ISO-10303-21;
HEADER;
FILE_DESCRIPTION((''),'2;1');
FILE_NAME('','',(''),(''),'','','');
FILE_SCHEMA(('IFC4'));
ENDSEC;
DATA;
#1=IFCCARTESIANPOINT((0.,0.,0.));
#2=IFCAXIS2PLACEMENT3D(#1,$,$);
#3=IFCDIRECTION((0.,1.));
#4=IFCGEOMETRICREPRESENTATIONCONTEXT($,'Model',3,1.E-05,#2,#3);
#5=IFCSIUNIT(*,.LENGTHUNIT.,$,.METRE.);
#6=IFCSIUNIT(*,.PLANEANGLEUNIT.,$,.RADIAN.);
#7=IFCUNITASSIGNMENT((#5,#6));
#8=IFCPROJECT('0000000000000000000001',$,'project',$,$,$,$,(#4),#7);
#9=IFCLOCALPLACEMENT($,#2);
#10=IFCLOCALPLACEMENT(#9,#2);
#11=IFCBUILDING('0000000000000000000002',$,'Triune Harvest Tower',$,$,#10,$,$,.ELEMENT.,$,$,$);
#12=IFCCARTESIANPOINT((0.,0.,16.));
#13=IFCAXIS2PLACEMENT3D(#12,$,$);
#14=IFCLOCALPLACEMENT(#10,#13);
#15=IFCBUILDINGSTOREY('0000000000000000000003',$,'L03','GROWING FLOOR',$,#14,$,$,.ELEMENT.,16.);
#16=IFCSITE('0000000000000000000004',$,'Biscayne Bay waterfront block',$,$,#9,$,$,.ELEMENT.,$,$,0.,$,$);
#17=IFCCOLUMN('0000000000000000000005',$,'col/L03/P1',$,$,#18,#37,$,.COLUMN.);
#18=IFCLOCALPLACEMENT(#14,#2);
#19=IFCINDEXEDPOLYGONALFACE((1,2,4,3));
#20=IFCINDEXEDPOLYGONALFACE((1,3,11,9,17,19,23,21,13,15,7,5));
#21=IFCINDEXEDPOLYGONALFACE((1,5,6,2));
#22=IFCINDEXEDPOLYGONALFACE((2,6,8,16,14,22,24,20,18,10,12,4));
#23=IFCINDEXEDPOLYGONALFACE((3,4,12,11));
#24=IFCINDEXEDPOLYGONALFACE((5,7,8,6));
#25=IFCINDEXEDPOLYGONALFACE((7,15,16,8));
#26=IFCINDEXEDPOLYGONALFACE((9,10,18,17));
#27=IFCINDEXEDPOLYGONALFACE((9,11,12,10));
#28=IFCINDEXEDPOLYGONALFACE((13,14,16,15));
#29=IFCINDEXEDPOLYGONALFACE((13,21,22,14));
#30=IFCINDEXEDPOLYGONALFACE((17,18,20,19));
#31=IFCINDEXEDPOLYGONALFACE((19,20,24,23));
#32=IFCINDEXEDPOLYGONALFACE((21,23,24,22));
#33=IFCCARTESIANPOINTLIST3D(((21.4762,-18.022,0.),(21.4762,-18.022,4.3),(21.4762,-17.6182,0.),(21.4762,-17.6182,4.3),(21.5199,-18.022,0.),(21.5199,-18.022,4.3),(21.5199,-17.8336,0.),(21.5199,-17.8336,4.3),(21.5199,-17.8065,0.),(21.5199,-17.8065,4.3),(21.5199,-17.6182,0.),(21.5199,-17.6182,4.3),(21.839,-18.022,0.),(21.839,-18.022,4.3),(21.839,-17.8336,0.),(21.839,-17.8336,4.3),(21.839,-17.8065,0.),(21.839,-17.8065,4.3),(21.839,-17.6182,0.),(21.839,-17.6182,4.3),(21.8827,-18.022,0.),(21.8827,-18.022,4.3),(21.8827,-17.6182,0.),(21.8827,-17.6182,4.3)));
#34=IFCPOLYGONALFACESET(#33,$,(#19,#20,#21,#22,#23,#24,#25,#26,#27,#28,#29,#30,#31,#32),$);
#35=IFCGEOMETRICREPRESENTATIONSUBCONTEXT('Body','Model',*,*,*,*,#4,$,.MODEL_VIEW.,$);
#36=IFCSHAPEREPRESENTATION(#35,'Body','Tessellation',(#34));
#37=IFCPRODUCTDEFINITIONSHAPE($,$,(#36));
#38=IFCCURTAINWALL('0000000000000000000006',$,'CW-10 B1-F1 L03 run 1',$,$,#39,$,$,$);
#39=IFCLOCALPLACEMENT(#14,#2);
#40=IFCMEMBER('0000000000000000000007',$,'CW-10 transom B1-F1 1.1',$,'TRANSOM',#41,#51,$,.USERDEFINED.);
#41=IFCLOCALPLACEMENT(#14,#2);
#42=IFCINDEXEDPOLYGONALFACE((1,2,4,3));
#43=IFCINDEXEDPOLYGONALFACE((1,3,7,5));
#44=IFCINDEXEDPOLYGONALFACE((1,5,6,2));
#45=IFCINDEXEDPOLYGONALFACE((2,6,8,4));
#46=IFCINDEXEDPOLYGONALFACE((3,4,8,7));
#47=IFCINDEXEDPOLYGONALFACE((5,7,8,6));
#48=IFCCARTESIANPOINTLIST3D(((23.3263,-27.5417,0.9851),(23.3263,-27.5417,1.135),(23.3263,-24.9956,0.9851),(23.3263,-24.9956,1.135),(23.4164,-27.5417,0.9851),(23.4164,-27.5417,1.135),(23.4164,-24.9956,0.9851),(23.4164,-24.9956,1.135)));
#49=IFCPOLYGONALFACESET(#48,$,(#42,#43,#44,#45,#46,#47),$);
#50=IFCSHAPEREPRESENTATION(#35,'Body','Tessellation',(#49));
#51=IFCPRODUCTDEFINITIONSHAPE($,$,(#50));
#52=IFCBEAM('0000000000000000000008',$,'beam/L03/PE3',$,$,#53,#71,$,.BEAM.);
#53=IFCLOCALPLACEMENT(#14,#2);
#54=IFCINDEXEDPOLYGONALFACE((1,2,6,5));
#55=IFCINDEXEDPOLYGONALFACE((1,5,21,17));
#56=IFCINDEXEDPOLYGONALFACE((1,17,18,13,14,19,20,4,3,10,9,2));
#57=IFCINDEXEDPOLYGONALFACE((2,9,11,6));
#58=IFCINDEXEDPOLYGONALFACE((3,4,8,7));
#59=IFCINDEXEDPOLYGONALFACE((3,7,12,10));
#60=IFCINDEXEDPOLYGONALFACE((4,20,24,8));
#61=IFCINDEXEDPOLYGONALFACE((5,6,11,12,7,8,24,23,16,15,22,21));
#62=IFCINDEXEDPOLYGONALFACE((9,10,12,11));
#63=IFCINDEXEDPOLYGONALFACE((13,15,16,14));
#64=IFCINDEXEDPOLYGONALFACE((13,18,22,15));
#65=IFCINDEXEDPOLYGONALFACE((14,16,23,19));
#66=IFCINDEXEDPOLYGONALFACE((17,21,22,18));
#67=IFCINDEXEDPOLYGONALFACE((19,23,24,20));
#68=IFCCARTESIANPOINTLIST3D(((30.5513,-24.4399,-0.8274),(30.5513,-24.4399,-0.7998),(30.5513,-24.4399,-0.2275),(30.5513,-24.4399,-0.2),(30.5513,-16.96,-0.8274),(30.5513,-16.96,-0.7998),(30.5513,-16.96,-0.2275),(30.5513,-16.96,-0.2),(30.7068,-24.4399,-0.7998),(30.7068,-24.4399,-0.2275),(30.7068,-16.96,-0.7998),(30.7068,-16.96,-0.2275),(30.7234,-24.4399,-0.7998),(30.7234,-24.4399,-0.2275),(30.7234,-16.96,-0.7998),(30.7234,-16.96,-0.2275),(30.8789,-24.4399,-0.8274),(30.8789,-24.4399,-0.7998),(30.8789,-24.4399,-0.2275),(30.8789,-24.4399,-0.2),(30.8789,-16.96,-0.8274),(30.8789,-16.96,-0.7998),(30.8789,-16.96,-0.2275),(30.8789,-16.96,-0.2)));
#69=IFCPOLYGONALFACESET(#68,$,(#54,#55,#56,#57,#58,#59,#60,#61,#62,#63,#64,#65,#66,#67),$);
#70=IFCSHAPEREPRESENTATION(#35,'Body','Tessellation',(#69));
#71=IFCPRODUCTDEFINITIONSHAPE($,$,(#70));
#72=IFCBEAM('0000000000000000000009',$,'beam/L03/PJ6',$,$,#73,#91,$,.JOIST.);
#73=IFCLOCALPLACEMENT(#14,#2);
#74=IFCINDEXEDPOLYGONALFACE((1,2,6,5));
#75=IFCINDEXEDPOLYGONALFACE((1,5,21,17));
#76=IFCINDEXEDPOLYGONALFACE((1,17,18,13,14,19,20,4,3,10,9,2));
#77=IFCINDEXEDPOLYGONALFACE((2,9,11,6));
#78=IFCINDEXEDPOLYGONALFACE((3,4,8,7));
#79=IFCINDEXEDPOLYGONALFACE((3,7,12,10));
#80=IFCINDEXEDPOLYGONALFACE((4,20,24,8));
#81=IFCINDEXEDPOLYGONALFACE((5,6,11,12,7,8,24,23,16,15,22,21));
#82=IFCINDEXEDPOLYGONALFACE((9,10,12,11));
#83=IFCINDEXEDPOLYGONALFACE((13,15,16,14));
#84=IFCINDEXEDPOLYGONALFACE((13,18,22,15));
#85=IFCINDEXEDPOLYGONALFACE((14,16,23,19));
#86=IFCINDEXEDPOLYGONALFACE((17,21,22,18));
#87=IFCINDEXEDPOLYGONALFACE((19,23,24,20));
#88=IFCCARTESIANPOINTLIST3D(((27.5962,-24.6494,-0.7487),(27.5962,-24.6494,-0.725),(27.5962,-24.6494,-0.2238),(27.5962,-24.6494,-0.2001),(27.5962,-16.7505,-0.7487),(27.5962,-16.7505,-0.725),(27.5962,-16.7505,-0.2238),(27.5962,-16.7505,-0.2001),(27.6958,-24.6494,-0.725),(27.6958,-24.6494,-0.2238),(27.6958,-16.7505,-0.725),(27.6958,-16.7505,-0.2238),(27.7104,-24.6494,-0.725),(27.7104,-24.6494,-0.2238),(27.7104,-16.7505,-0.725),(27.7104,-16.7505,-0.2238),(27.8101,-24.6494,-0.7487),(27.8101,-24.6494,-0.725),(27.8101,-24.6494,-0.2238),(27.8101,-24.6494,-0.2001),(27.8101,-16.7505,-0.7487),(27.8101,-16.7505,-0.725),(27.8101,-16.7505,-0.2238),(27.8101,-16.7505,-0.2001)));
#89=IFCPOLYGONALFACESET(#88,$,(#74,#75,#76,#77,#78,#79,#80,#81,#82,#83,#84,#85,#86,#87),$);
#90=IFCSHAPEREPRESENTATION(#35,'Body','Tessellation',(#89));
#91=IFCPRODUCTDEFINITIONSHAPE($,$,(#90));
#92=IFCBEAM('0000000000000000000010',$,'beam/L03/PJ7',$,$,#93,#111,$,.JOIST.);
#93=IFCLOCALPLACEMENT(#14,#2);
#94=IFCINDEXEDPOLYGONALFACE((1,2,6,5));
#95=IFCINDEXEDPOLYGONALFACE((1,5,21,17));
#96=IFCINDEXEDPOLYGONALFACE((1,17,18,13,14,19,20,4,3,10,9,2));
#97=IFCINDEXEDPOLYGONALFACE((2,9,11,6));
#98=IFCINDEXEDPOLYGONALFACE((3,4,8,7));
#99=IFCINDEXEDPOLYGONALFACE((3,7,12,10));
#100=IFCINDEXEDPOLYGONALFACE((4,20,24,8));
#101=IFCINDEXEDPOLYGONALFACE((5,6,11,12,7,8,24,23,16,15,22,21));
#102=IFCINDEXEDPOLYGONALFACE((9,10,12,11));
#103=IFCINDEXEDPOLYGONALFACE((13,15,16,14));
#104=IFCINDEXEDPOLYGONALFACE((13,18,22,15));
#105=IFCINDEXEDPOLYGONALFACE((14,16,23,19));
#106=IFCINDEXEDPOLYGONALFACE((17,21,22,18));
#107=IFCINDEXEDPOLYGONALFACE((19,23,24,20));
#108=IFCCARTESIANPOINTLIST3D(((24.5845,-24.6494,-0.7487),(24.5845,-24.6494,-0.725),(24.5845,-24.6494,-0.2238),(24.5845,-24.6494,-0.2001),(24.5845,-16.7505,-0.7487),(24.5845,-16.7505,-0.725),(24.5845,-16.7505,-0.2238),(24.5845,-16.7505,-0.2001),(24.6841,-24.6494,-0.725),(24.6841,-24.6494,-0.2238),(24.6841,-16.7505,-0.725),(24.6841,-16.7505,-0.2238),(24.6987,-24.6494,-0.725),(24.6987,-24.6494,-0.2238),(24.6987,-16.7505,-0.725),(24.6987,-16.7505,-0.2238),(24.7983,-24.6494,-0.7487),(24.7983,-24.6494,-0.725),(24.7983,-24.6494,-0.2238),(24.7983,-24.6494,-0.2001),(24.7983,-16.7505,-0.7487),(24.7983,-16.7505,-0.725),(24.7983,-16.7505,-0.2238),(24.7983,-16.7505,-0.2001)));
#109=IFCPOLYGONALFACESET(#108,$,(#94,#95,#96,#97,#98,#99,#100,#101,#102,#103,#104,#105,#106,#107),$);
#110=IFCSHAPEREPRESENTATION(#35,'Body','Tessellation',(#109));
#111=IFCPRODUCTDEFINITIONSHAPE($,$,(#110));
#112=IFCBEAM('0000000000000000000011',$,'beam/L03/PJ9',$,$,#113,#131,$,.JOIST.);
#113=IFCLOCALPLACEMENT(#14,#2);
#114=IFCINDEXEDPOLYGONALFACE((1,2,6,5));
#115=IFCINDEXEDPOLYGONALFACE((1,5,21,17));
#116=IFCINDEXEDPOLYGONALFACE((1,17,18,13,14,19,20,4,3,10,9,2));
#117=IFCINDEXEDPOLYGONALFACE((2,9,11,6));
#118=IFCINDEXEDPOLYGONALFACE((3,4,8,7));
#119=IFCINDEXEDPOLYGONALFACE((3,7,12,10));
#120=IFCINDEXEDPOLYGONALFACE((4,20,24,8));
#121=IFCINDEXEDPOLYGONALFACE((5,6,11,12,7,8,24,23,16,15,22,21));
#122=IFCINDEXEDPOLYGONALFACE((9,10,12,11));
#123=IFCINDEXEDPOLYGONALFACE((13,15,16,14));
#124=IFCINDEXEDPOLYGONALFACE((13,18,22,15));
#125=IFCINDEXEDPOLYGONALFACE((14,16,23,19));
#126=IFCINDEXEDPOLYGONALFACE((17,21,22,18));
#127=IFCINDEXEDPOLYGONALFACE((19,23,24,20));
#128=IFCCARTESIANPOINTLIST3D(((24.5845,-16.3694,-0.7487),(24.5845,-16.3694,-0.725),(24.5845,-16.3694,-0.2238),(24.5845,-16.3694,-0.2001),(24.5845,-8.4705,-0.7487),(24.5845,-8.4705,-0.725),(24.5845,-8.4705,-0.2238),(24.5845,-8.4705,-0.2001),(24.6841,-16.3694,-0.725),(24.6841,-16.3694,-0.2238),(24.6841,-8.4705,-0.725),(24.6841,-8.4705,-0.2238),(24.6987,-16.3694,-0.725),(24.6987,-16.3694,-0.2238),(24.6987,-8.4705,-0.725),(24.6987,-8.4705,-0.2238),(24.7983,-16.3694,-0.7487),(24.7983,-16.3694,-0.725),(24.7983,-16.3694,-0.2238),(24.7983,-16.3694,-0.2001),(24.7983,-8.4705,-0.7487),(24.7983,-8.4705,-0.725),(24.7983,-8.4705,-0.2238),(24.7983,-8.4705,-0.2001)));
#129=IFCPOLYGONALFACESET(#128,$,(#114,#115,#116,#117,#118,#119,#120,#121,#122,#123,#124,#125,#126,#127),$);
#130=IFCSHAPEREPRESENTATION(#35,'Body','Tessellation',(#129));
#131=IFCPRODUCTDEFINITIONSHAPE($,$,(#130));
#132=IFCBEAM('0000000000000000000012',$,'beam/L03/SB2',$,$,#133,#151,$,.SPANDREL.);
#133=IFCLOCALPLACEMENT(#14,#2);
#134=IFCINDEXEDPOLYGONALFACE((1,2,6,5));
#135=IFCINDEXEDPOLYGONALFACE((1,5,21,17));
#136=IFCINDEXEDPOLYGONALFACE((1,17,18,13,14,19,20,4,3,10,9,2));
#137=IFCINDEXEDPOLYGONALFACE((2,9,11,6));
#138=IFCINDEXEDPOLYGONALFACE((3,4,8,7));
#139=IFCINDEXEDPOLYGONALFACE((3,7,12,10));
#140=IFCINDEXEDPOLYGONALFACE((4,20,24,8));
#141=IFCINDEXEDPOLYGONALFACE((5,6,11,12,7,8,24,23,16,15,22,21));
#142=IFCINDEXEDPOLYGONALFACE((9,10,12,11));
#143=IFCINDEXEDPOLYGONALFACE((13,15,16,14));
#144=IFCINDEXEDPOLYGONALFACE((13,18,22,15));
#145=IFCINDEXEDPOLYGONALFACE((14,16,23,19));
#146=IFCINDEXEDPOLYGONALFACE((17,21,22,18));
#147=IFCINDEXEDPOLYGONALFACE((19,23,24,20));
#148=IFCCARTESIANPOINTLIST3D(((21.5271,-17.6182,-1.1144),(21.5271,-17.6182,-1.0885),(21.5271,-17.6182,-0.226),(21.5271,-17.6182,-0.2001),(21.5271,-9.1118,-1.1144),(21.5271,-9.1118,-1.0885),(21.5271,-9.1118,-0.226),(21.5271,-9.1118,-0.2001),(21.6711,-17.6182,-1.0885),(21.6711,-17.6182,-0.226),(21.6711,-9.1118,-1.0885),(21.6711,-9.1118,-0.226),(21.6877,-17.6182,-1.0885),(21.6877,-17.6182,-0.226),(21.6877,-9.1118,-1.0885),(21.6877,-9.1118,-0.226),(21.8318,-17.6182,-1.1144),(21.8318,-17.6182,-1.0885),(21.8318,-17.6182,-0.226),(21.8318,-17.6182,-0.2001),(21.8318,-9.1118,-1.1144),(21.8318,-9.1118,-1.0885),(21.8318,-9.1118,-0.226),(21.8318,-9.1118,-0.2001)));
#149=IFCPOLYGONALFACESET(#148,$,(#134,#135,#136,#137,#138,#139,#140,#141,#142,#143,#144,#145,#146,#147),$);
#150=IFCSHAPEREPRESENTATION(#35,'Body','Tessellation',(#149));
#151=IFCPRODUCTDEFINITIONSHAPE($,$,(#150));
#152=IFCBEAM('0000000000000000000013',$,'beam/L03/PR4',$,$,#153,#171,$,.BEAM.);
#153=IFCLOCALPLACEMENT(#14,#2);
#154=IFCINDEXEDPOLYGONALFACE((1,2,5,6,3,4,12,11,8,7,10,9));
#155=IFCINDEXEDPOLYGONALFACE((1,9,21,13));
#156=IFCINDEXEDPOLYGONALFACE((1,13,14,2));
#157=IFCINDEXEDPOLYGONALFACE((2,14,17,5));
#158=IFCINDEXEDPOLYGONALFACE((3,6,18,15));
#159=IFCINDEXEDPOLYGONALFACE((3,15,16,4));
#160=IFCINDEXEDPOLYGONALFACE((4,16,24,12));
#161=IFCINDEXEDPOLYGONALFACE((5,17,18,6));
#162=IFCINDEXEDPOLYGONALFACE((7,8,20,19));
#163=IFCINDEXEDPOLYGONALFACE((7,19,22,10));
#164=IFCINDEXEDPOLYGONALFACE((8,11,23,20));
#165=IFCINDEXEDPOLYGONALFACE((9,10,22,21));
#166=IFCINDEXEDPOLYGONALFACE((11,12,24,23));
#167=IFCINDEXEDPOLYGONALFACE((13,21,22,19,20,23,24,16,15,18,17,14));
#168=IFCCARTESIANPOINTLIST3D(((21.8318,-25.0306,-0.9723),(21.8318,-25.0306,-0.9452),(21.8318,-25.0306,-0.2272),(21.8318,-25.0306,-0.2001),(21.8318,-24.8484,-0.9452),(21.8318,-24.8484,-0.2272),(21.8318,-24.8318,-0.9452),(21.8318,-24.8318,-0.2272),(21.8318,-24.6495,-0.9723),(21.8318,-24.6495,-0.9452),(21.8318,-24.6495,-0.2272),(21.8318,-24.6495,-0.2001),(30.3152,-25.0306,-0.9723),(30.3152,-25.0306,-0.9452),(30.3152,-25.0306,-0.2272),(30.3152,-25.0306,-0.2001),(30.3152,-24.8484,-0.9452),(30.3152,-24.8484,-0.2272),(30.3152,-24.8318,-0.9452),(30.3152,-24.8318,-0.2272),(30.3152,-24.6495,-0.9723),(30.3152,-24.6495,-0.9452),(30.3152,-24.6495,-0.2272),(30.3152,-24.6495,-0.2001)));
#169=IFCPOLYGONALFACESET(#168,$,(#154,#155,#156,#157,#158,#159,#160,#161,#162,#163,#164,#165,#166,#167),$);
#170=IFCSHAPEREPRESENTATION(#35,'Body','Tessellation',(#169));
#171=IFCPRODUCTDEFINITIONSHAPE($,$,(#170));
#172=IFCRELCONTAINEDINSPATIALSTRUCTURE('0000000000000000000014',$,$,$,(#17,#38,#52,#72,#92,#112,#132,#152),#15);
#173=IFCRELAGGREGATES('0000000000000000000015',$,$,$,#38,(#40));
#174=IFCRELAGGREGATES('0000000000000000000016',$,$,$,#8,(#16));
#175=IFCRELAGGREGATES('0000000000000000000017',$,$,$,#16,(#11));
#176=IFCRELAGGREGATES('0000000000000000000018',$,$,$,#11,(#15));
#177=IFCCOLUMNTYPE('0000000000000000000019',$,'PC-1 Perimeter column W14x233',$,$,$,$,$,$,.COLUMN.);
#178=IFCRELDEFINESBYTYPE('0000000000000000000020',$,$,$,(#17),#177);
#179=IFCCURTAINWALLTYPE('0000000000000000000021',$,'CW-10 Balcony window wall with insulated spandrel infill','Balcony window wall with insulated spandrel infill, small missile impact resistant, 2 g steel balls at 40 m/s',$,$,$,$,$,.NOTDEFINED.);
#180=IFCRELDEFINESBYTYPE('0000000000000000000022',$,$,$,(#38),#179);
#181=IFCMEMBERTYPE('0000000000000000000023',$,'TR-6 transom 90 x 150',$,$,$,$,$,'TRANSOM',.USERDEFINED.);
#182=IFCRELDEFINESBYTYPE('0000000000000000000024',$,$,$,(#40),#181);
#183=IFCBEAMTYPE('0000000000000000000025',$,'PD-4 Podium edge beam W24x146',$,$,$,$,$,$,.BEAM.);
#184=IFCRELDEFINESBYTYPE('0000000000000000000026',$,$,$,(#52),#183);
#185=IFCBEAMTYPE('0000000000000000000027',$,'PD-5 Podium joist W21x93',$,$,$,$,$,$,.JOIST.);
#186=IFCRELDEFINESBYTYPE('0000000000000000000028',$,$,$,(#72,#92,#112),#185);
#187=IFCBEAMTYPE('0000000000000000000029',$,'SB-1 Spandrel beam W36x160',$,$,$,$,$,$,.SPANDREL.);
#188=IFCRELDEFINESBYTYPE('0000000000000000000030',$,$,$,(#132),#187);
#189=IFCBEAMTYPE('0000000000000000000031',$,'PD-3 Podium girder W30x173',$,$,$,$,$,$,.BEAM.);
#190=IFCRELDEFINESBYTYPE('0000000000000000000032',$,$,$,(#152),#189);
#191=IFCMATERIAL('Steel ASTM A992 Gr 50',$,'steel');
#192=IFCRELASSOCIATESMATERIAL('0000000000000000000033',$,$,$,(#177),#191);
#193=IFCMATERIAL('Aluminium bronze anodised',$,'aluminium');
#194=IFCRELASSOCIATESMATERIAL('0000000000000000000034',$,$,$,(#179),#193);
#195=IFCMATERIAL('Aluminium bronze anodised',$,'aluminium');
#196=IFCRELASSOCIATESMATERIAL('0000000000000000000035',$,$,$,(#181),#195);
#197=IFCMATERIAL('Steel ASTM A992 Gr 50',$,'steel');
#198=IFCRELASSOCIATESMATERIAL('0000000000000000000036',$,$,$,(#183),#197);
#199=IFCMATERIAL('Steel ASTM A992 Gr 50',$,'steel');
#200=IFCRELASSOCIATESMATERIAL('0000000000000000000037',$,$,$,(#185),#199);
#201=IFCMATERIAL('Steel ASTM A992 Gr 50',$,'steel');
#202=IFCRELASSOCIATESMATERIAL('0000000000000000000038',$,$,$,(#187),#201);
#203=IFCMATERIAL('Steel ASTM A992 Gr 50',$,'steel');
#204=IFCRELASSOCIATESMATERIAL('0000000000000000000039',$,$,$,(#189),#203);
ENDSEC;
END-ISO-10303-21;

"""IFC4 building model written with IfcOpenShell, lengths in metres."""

from ifc_helpers import new_model, si_unit, direction, frame, origin, origin_2d, place, context, subcontext, project, spatial, rectangle, i_section, extrude, source, transform, mapped, material, material_profile, profile_set, type_object, element, aggregate, save


model = new_model("IFC4")

# Units and contexts
model_context = context("Model", 3, precision=1e-05, world=origin(), true_north=direction((0.0, 1.0)))
body_context = subcontext(model_context, "Body", "Model", "MODEL_VIEW")
ifc_project = project(units=[si_unit("LENGTHUNIT", "METRE"), si_unit("PLANEANGLEUNIT", "RADIAN")], contexts=[model_context])

# Site, building, storey
site_placement = place(None, origin())
site = spatial("IfcSite", under=ifc_project, at=site_placement, Name="Biscayne Bay waterfront block", CompositionType="ELEMENT", RefElevation=0.0)
building_placement = place(site_placement, origin())
building = spatial("IfcBuilding", under=site, at=building_placement, Name="Triune Harvest Tower", CompositionType="ELEMENT")
storey_placement = place(building_placement, frame((0.0, 0.0, 16.0)))
storey = spatial("IfcBuildingStorey", under=building, at=storey_placement, Name="L03", Description="GROWING FLOOR", CompositionType="ELEMENT", Elevation=16.0)

# Column
ifc_material_1 = material(Name="Steel ASTM A992 Gr 50", Category="steel")
ifc_material_profile_1 = material_profile(ifc_material_1, i_section(OverallWidth=0.4038, OverallDepth=0.4065, WebThickness=0.0271, FlangeThickness=0.0437, at=origin_2d()), Name="W14x233")
ifc_profile_set_1 = profile_set([ifc_material_profile_1], Name="Steel ASTM A992 Gr 50")
column_type = type_object("IfcColumnType", Name="PC-1 Perimeter column W14x233", PredefinedType="COLUMN", material=ifc_profile_set_1)
shared_shape_1 = source(origin(), body_context, "Body", "SweptSolid", [
    extrude(i_section(OverallWidth=0.4038, OverallDepth=0.4065, WebThickness=0.0271, FlangeThickness=0.0437, at=origin_2d()), origin(), (0.0, 0.0, 1.0), 4.3),
])
column_placement = place(storey_placement, frame((21.6794, -17.8201, 0.0), z_axis=(0.0, 0.0, 1.0), x_axis=(0.0, 1.0, 0.0)))
element("IfcColumn", 1, at=column_placement, inside=storey, type_object=column_type, Name="col/L03/P1", PredefinedType="COLUMN", context=body_context, shape_type="MappedRepresentation", body=[
    mapped(shared_shape_1, transform((0.0, 0.0, 0.0), scale=1.0)),
])

# Curtain wall, member
ifc_material_2 = material(Name="Aluminium bronze anodised", Category="aluminium")
curtain_wall_type = type_object("IfcCurtainWallType", Name="CW-10 Balcony window wall with insulated spandrel infill", Description="Balcony window wall with insulated spandrel infill, small missile impact resistant, 2 g steel balls at 40 m/s", PredefinedType="NOTDEFINED", material=ifc_material_2)
curtain_wall_1_placement = place(storey_placement, origin())
curtain_wall_1 = element("IfcCurtainWall", 2, at=curtain_wall_1_placement, inside=storey, type_object=curtain_wall_type, Name="CW-10 B1-F1 L03 run 1")
ifc_material_3 = material(Name="Aluminium bronze anodised", Category="aluminium")
ifc_material_profile_2 = material_profile(ifc_material_3, rectangle(XDim=0.0901, YDim=0.1499, at=origin_2d()), Name="TR-6 transom 90 x 150")
ifc_profile_set_2 = profile_set([ifc_material_profile_2], Name="Aluminium bronze anodised")
member_type_1 = type_object("IfcMemberType", Name="TR-6 transom 90 x 150", ElementType="TRANSOM", PredefinedType="USERDEFINED", material=ifc_profile_set_2)
member_1_placement = place(storey_placement, frame((23.3713, -27.5417, 1.0601), z_axis=(0.0, 1.0, 0.0), x_axis=(-1.0, 0.0, 0.0)))
member_1 = element("IfcMember", 3, at=member_1_placement, type_object=member_type_1, Name="CW-10 transom B1-F1 1.1", ObjectType="TRANSOM", PredefinedType="USERDEFINED", context=body_context, shape_type="SweptSolid", body=[
    extrude(rectangle(XDim=0.0901, YDim=0.1499, at=origin_2d()), origin(), (0.0, 0.0, 1.0), 2.5461),
])

# Beams
ifc_material_4 = material(Name="Steel ASTM A992 Gr 50", Category="steel")
ifc_material_profile_3 = material_profile(ifc_material_4, i_section(OverallWidth=0.3276, OverallDepth=0.6274, WebThickness=0.0166, FlangeThickness=0.0276, at=origin_2d()), Name="W24x146")
ifc_profile_set_3 = profile_set([ifc_material_profile_3], Name="Steel ASTM A992 Gr 50")
beam_type_1 = type_object("IfcBeamType", Name="PD-4 Podium edge beam W24x146", PredefinedType="BEAM", material=ifc_profile_set_3)
shared_shape_2 = source(origin(), body_context, "Body", "SweptSolid", [
    extrude(i_section(OverallWidth=0.3276, OverallDepth=0.6274, WebThickness=0.0166, FlangeThickness=0.0276, at=origin_2d()), origin(), (0.0, 0.0, 1.0), 7.48),
])
beam_1_placement = place(storey_placement, frame((30.7151, -24.4399, -0.5137), z_axis=(0.0, 1.0, 0.0), x_axis=(-1.0, 0.0, 0.0)))
element("IfcBeam", 4, at=beam_1_placement, inside=storey, type_object=beam_type_1, Name="beam/L03/PE3", PredefinedType="BEAM", context=body_context, shape_type="MappedRepresentation", body=[
    mapped(shared_shape_2, transform((0.0, 0.0, 0.0), scale=1.0)),
])
ifc_material_5 = material(Name="Steel ASTM A992 Gr 50", Category="steel")
ifc_material_profile_4 = material_profile(ifc_material_5, i_section(OverallWidth=0.2139, OverallDepth=0.5486, WebThickness=0.0146, FlangeThickness=0.0237, at=origin_2d()), Name="W21x93")
ifc_profile_set_4 = profile_set([ifc_material_profile_4], Name="Steel ASTM A992 Gr 50")
beam_type_2 = type_object("IfcBeamType", Name="PD-5 Podium joist W21x93", PredefinedType="JOIST", material=ifc_profile_set_4)
shared_shape_3 = source(origin(), body_context, "Body", "SweptSolid", [
    extrude(i_section(OverallWidth=0.2139, OverallDepth=0.5486, WebThickness=0.0146, FlangeThickness=0.0237, at=origin_2d()), origin(), (0.0, 0.0, 1.0), 7.8989),
])
for number, where, z_axis, x_axis, name in (
    (5, (27.7031, -24.6494, -0.4744), (0.0, 1.0, 0.0), (-1.0, 0.0, 0.0), "beam/L03/PJ6"),
    (6, (24.6914, -24.6494, -0.4744), (0.0, 1.0, 0.0), (-1.0, 0.0, 0.0), "beam/L03/PJ7"),
    (7, (24.6914, -16.3694, -0.4744), (0.0, 1.0, 0.0), (-1.0, 0.0, 0.0), "beam/L03/PJ9"),
):
    element("IfcBeam", number, at=place(storey_placement, frame(where, z_axis=z_axis, x_axis=x_axis)), inside=storey, type_object=beam_type_2, Name=name, PredefinedType="JOIST", context=body_context, shape_type="MappedRepresentation", body=[
        mapped(shared_shape_3, transform((0.0, 0.0, 0.0), scale=1.0)),
    ])
ifc_material_6 = material(Name="Steel ASTM A992 Gr 50", Category="steel")
ifc_material_profile_5 = material_profile(ifc_material_6, i_section(OverallWidth=0.3047, OverallDepth=0.9143, WebThickness=0.0166, FlangeThickness=0.0259, at=origin_2d()), Name="W36x160")
ifc_profile_set_5 = profile_set([ifc_material_profile_5], Name="Steel ASTM A992 Gr 50")
beam_type_3 = type_object("IfcBeamType", Name="SB-1 Spandrel beam W36x160", PredefinedType="SPANDREL", material=ifc_profile_set_5)
shared_shape_4 = source(origin(), body_context, "Body", "SweptSolid", [
    extrude(i_section(OverallWidth=0.3047, OverallDepth=0.9143, WebThickness=0.0166, FlangeThickness=0.0259, at=origin_2d()), origin(), (0.0, 0.0, 1.0), 8.5063),
])
beam_2_placement = place(storey_placement, frame((21.6794, -17.6182, -0.6572), z_axis=(0.0, 1.0, 0.0), x_axis=(-1.0, 0.0, 0.0)))
element("IfcBeam", 8, at=beam_2_placement, inside=storey, type_object=beam_type_3, Name="beam/L03/SB2", PredefinedType="SPANDREL", context=body_context, shape_type="MappedRepresentation", body=[
    mapped(shared_shape_4, transform((0.0, 0.0, 0.0), scale=1.0)),
])
ifc_material_7 = material(Name="Steel ASTM A992 Gr 50", Category="steel")
ifc_material_profile_6 = material_profile(ifc_material_7, i_section(OverallWidth=0.3811, OverallDepth=0.7722, WebThickness=0.0166, FlangeThickness=0.0271, at=origin_2d()), Name="W30x173")
ifc_profile_set_6 = profile_set([ifc_material_profile_6], Name="Steel ASTM A992 Gr 50")
beam_type_4 = type_object("IfcBeamType", Name="PD-3 Podium girder W30x173", PredefinedType="BEAM", material=ifc_profile_set_6)
shared_shape_5 = source(origin(), body_context, "Body", "SweptSolid", [
    extrude(i_section(OverallWidth=0.3811, OverallDepth=0.7722, WebThickness=0.0166, FlangeThickness=0.0271, at=origin_2d()), origin(), (0.0, 0.0, 1.0), 8.4834),
])
for number, where, z_axis, x_axis, name in (
    (9, (30.3152, -24.8401, -0.5862), (-1.0, 0.0, 0.0), (0.0, -1.0, 0.0), "beam/L03/PR4"),
):
    element("IfcBeam", number, at=place(storey_placement, frame(where, z_axis=z_axis, x_axis=x_axis)), inside=storey, type_object=beam_type_4, Name=name, PredefinedType="BEAM", context=body_context, shape_type="MappedRepresentation", body=[
        mapped(shared_shape_5, transform((0.0, 0.0, 0.0), scale=1.0)),
    ])

aggregate(curtain_wall_1, [member_1])

save(model, "model.ifc")
